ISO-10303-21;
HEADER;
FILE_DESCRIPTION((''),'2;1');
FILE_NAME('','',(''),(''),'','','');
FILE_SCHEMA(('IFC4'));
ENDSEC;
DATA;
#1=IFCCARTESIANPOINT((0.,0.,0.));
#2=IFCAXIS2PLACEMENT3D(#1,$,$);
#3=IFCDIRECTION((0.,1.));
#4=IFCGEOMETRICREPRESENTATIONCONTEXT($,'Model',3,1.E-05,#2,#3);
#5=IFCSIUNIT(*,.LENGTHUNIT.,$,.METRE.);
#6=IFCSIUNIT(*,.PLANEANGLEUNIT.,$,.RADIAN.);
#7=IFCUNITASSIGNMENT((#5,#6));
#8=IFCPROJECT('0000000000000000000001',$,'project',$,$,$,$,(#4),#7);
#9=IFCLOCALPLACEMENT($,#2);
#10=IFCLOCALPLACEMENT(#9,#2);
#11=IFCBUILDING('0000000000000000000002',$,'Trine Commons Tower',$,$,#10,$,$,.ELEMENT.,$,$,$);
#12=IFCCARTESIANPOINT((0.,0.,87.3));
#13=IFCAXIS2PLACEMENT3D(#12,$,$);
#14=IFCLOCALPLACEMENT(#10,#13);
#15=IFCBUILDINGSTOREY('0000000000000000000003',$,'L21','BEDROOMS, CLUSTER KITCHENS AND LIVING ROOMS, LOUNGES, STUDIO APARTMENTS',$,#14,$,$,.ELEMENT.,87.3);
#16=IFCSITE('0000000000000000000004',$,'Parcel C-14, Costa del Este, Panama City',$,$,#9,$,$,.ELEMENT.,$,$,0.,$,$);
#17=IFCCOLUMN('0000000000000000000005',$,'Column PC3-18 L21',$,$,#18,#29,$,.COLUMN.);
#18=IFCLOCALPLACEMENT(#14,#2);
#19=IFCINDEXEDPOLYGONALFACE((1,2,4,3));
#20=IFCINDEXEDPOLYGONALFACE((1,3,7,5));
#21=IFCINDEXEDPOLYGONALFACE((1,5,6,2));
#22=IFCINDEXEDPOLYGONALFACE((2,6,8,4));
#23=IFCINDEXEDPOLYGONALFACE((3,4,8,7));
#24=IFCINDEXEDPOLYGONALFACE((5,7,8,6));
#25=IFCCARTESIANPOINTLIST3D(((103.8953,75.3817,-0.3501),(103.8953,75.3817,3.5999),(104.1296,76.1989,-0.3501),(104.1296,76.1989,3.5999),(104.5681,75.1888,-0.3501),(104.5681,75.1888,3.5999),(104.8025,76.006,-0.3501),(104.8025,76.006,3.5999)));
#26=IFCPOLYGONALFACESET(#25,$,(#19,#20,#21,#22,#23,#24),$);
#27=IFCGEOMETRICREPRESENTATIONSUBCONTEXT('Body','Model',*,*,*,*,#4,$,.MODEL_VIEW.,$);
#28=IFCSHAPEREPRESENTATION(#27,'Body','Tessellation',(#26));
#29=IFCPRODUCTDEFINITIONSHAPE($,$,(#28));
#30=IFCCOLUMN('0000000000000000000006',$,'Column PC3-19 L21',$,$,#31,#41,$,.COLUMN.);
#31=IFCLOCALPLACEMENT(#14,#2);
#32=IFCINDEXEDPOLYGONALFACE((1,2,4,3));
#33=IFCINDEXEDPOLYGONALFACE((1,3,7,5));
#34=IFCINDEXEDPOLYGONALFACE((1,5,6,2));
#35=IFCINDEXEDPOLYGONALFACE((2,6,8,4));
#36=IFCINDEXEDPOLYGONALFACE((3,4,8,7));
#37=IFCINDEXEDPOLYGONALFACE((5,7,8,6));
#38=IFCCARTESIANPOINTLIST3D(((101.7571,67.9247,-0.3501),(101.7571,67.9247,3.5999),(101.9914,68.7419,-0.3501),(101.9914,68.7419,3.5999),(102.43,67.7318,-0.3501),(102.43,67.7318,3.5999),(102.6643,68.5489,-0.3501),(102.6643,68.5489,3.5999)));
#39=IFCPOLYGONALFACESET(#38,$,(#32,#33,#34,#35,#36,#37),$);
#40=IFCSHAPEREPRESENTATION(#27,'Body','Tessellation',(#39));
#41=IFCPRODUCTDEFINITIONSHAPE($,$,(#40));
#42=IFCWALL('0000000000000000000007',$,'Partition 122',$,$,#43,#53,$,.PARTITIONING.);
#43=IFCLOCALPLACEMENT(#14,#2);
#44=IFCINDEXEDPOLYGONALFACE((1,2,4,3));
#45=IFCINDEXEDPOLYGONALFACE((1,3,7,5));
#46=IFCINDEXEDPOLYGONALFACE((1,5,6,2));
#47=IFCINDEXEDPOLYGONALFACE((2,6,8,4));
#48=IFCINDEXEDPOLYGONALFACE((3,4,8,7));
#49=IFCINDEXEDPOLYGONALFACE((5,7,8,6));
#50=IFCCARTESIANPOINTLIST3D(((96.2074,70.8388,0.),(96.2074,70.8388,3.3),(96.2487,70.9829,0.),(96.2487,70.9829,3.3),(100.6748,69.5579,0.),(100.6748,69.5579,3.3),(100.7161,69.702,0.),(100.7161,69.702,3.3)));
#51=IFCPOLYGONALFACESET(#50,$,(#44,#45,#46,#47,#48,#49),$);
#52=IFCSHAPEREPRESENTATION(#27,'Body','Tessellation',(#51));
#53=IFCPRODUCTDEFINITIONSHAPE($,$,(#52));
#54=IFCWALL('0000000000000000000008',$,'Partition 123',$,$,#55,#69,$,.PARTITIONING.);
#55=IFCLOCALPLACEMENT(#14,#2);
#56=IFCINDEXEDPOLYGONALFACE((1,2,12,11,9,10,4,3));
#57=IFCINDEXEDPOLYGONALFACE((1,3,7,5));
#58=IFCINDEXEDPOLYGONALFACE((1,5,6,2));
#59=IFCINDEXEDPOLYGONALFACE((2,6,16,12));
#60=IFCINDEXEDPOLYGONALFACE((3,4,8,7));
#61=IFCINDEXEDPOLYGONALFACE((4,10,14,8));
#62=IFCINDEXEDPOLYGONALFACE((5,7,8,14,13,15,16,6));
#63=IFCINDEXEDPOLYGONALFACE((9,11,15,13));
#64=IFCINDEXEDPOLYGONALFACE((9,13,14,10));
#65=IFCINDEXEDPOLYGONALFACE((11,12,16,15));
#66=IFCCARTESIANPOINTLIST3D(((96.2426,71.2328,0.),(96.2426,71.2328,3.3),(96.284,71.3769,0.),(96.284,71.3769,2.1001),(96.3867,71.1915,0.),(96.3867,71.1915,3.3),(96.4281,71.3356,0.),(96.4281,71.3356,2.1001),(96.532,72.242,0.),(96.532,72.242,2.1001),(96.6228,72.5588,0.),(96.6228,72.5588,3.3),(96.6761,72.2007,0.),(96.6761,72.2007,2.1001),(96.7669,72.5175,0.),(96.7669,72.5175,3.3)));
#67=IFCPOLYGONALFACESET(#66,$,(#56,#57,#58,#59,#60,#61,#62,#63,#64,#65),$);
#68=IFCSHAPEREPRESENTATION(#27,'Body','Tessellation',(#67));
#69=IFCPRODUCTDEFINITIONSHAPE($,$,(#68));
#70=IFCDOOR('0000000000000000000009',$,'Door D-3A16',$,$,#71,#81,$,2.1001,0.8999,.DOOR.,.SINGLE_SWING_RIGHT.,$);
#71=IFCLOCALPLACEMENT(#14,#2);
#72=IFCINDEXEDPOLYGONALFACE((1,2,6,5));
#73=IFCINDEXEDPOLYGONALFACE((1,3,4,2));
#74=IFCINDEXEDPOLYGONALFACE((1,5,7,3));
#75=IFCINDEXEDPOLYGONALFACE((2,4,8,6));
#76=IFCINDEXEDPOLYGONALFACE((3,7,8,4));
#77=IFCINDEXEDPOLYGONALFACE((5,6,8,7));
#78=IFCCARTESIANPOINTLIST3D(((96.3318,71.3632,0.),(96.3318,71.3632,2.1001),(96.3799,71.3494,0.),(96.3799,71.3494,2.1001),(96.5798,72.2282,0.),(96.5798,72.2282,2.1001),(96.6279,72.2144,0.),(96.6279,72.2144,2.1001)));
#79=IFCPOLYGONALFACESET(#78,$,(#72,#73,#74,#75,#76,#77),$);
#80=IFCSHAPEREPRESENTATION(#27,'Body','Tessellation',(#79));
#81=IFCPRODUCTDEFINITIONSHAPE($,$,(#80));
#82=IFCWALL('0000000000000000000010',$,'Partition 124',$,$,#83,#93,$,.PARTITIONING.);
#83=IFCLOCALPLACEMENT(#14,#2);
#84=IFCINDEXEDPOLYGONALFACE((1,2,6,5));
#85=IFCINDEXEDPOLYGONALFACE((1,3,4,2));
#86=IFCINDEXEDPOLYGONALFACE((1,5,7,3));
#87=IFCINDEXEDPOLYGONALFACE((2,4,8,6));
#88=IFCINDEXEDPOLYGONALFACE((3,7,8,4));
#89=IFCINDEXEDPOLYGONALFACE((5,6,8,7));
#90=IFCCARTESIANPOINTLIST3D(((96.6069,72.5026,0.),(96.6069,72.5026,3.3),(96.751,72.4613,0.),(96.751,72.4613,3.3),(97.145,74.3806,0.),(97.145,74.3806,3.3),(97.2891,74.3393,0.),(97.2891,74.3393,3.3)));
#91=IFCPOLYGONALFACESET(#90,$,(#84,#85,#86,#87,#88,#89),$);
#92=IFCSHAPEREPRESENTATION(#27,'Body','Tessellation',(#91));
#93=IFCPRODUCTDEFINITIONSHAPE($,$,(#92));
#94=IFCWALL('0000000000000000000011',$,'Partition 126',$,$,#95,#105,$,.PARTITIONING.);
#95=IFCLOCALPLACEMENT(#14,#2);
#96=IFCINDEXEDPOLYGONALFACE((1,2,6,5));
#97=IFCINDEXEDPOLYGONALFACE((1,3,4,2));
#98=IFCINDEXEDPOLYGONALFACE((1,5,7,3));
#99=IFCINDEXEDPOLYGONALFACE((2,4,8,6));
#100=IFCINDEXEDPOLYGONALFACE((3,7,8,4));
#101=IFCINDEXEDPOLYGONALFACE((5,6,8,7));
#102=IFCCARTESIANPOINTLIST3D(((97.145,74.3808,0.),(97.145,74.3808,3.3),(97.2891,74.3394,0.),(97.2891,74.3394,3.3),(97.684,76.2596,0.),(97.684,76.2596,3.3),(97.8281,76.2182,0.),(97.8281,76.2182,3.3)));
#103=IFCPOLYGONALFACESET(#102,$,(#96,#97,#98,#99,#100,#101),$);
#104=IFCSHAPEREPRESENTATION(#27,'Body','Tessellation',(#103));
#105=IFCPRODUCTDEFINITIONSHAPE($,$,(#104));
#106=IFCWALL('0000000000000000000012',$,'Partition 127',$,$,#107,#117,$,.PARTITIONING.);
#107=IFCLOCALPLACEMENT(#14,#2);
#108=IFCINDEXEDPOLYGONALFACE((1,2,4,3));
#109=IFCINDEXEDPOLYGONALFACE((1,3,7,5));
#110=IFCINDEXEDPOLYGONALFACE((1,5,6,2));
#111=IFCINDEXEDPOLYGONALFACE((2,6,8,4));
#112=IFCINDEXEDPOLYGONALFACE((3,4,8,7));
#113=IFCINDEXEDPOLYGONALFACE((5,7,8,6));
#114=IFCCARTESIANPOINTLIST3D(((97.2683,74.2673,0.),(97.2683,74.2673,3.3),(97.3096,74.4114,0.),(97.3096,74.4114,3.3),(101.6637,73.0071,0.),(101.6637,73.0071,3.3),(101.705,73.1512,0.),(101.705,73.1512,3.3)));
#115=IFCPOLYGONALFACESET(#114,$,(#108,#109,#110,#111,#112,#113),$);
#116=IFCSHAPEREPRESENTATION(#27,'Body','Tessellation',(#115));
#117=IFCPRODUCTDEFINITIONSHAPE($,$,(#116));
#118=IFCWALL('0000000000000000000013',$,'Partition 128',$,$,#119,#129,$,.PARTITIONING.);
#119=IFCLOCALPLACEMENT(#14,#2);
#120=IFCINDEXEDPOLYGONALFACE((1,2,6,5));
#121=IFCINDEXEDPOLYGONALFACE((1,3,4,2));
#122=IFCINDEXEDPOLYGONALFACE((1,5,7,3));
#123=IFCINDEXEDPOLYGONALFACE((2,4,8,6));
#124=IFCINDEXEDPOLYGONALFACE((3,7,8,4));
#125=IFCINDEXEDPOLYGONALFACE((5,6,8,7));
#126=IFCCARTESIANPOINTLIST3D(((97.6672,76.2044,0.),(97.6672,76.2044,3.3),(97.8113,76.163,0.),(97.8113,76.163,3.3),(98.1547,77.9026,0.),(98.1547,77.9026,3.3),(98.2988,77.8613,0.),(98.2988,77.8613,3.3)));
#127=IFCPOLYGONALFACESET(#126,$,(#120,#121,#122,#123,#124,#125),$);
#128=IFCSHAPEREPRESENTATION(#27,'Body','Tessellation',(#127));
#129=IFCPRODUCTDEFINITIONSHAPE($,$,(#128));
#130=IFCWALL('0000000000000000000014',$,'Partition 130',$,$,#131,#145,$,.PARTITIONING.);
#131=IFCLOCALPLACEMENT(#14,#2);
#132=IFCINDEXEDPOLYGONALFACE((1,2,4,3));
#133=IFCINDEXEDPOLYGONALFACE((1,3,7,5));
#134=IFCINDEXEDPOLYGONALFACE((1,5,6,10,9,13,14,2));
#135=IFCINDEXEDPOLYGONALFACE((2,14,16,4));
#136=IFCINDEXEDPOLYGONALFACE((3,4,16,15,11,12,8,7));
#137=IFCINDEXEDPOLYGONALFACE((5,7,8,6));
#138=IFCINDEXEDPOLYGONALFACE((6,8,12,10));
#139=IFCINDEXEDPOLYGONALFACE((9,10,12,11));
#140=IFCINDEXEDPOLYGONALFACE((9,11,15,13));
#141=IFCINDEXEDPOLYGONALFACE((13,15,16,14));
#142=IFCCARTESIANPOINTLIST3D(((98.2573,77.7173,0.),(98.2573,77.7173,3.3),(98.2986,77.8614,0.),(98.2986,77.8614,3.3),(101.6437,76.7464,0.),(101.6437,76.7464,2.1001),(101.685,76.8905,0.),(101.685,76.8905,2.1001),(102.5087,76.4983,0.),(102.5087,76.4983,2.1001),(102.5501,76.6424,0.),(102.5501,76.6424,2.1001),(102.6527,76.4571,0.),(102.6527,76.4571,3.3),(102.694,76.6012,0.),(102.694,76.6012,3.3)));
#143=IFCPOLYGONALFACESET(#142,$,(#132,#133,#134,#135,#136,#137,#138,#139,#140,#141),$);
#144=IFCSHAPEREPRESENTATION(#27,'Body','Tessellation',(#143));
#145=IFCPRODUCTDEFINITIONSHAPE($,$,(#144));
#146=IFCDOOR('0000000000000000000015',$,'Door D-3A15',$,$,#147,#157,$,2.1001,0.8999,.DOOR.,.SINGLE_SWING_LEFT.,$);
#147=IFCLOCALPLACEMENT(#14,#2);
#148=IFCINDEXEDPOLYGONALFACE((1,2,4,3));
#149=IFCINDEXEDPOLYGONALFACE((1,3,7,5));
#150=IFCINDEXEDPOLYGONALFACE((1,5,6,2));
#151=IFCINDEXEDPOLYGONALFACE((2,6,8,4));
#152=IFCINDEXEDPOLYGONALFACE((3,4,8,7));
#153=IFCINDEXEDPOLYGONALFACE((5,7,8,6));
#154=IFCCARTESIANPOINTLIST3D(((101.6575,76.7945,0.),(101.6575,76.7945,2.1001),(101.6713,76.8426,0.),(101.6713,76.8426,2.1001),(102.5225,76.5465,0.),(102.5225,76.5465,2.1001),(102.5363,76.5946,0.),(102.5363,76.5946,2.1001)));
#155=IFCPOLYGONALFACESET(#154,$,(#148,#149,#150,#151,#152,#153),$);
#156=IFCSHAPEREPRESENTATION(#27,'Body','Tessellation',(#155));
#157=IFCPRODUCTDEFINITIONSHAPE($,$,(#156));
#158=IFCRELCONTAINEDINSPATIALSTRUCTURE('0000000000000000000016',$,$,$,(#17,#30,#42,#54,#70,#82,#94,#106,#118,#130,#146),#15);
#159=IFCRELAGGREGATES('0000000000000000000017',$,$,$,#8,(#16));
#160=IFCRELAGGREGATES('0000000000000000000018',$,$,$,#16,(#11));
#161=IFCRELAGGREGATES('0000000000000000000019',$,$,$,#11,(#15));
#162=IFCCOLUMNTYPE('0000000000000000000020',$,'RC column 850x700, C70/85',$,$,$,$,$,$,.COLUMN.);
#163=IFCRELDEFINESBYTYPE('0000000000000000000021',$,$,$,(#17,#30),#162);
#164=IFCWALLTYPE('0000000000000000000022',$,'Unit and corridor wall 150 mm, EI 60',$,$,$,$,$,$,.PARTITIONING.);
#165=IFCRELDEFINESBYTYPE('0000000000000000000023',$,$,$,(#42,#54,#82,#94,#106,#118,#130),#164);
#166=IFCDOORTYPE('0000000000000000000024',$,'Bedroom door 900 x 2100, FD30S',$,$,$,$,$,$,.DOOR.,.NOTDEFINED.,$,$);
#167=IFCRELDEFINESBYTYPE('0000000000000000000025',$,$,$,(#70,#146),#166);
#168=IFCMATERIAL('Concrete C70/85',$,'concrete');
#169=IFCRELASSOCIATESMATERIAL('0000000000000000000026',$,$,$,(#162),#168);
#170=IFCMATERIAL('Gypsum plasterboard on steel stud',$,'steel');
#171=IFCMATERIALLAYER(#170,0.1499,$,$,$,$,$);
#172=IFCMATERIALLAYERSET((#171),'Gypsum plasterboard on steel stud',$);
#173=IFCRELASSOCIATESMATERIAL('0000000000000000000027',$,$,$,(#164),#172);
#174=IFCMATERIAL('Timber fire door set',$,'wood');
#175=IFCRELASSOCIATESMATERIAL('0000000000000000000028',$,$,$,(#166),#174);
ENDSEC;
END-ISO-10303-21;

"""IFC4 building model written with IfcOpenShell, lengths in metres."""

from ifc_helpers import new_model, si_unit, direction, frame, frame_2d, origin, origin_2d, place, context, subcontext, project, spatial, rectangle, extrude, material, layer, layer_set, material_profile, profile_set, type_object, element, fill, save


model = new_model("IFC4")

# Units and contexts
model_context = context("Model", 3, precision=1e-05, world=origin(), true_north=direction((0.0, 1.0)))
body_context = subcontext(model_context, "Body", "Model", "MODEL_VIEW")
ifc_project = project(units=[si_unit("LENGTHUNIT", "METRE"), si_unit("PLANEANGLEUNIT", "RADIAN")], contexts=[model_context])

# Site, building, storey
site_placement = place(None, origin())
site = spatial("IfcSite", under=ifc_project, at=site_placement, Name="Parcel C-14, Costa del Este, Panama City", CompositionType="ELEMENT", RefElevation=0.0)
building_placement = place(site_placement, origin())
building = spatial("IfcBuilding", under=site, at=building_placement, Name="Trine Commons Tower", CompositionType="ELEMENT")
storey_placement = place(building_placement, frame((0.0, 0.0, 87.3)))
storey = spatial("IfcBuildingStorey", under=building, at=storey_placement, Name="L21", Description="BEDROOMS, CLUSTER KITCHENS AND LIVING ROOMS, LOUNGES, STUDIO APARTMENTS", CompositionType="ELEMENT", Elevation=87.3)

# Columns
ifc_material_1 = material(Name="Concrete C70/85", Category="concrete")
ifc_material_profile = material_profile(ifc_material_1, rectangle(XDim=0.8501, YDim=0.7, at=origin_2d()), Name="RC 850x700")
ifc_profile_set = profile_set([ifc_material_profile], Name="Concrete C70/85")
column_type = type_object("IfcColumnType", Name="RC column 850x700, C70/85", PredefinedType="COLUMN", material=ifc_profile_set)
for number, where, z_axis, x_axis, name in (
    (1, (104.3489, 75.6938, -0.3501), (0.0, 0.0, 1.0), (0.275637, 0.961262, 0.0), "Column PC3-18 L21"),
    (2, (102.2107, 68.2368, -0.3501), (0.0, 0.0, 1.0), (0.275637, 0.961262, 0.0), "Column PC3-19 L21"),
):
    element("IfcColumn", number, at=place(storey_placement, frame(where, z_axis=z_axis, x_axis=x_axis)), inside=storey, type_object=column_type, Name=name, PredefinedType="COLUMN", context=body_context, shape_type="SweptSolid", body=[
        extrude(rectangle(XDim=0.8501, YDim=0.7, at=origin_2d()), origin(), (0.0, 0.0, 1.0), 3.95),
    ])

# Wall
ifc_material_2 = material(Name="Gypsum plasterboard on steel stud", Category="steel")
ifc_layer_1 = layer(ifc_material_2, 0.1499)
ifc_layer_set_1 = layer_set([ifc_layer_1], Name="Gypsum plasterboard on steel stud")
wall_type_1 = type_object("IfcWallType", Name="Unit and corridor wall 150 mm, EI 60", PredefinedType="PARTITIONING", material=ifc_layer_set_1)
wall_1_placement = place(storey_placement, frame((96.228, 70.9109, 0.0), z_axis=(0.0, 0.0, 1.0), x_axis=(0.961264, -0.27563, 0.0)))
element("IfcWall", 3, at=wall_1_placement, inside=storey, type_object=wall_type_1, Name="Partition 122", PredefinedType="PARTITIONING", context=body_context, shape_type="SweptSolid", body=[
    extrude(rectangle(XDim=4.6475, YDim=0.1499, at=frame_2d((2.3237, 0.0))), origin(), (0.0, 0.0, 1.0), 3.3),
])

# Wall, opening, door
wall_2_placement = place(storey_placement, frame((96.3147, 71.2122, 0.0), z_axis=(0.0, 0.0, 1.0), x_axis=(0.275586, 0.961276, 0.0)))
wall_2 = element("IfcWall", 4, at=wall_2_placement, inside=storey, type_object=wall_type_1, Name="Partition 123", PredefinedType="PARTITIONING", context=body_context, shape_type="SweptSolid", body=[
    extrude(rectangle(XDim=1.3794, YDim=0.1499, at=frame_2d((0.6897, 0.0))), origin(), (0.0, 0.0, 1.0), 3.3),
])
opening_1_placement = place(wall_2_placement, frame((0.1499, 0.0, 0.0)))
opening_1 = element("IfcOpeningElement", 5, at=opening_1_placement, cuts=wall_2, PredefinedType="OPENING", context=body_context, shape_type="SweptSolid", body=[
    extrude(rectangle(XDim=0.8999, YDim=2.1001, at=frame_2d((0.45, 1.05))), frame((0.0, 0.085, 0.0), z_axis=(0.0, -1.0, 0.0), x_axis=(1.0, 0.0, 0.0)), (0.0, 0.0, 1.0), 0.1699),
])
ifc_material_3 = material(Name="Timber fire door set", Category="wood")
door_type_1 = type_object("IfcDoorType", Name="Bedroom door 900 x 2100, FD30S", OperationType="NOTDEFINED", PredefinedType="DOOR", material=ifc_material_3)
door_1_placement = place(opening_1_placement, frame((0.8999, 0.0, 0.0), z_axis=(0.0, 0.0, 1.0), x_axis=(-1.0, 0.0, 0.0)))
door_1 = element("IfcDoor", 6, at=door_1_placement, inside=storey, type_object=door_type_1, Name="Door D-3A16", OperationType="SINGLE_SWING_RIGHT", OverallHeight=2.1001, OverallWidth=0.8999, PredefinedType="DOOR", context=body_context, shape_type="SweptSolid", body=[
    extrude(rectangle(XDim=0.8999, YDim=2.1001, at=frame_2d((0.45, 1.05))), frame((0.0, 0.0249, 0.0), z_axis=(0.0, -1.0, 0.0), x_axis=(1.0, 0.0, 0.0)), (0.0, 0.0, 1.0), 0.05),
])
fill(opening_1, door_1)

# Walls
wall_3_placement = place(storey_placement, frame((96.679, 72.4819, 0.0), z_axis=(0.0, 0.0, 1.0), x_axis=(0.275414, 0.961326, 0.0)))
element("IfcWall", 7, at=wall_3_placement, inside=storey, type_object=wall_type_1, Name="Partition 124", PredefinedType="PARTITIONING", context=body_context, shape_type="SweptSolid", body=[
    extrude(rectangle(XDim=1.9536, YDim=0.1499, at=frame_2d((0.9768, 0.0))), origin(), (0.0, 0.0, 1.0), 3.3),
])
wall_4_placement = place(storey_placement, frame((97.217, 74.3601, 0.0), z_axis=(0.0, 0.0, 1.0), x_axis=(0.275777, 0.961222, 0.0)))
element("IfcWall", 8, at=wall_4_placement, inside=storey, type_object=wall_type_1, Name="Partition 126", PredefinedType="PARTITIONING", context=body_context, shape_type="SweptSolid", body=[
    extrude(rectangle(XDim=1.9546, YDim=0.1499, at=frame_2d((0.9773, 0.0))), origin(), (0.0, 0.0, 1.0), 3.3),
])
wall_5_placement = place(storey_placement, frame((97.2891, 74.3394, 0.0), z_axis=(0.0, 0.0, 1.0), x_axis=(0.96127, -0.27561, 0.0)))
element("IfcWall", 9, at=wall_5_placement, inside=storey, type_object=wall_type_1, Name="Partition 127", PredefinedType="PARTITIONING", context=body_context, shape_type="SweptSolid", body=[
    extrude(rectangle(XDim=4.5725, YDim=0.1499, at=frame_2d((2.2861, 0.0))), origin(), (0.0, 0.0, 1.0), 3.3),
])
wall_6_placement = place(storey_placement, frame((97.7393, 76.1838, 0.0), z_axis=(0.0, 0.0, 1.0), x_axis=(0.275944, 0.961174, 0.0)))
element("IfcWall", 10, at=wall_6_placement, inside=storey, type_object=wall_type_1, Name="Partition 128", PredefinedType="PARTITIONING", context=body_context, shape_type="SweptSolid", body=[
    extrude(rectangle(XDim=1.7668, YDim=0.1499, at=frame_2d((0.8833, 0.0))), origin(), (0.0, 0.0, 1.0), 3.3),
])

# Wall, opening, door
wall_7_placement = place(storey_placement, frame((98.2781, 77.7893, 0.0), z_axis=(0.0, 0.0, 1.0), x_axis=(0.96127, -0.27561, 0.0)))
wall_7 = element("IfcWall", 11, at=wall_7_placement, inside=storey, type_object=wall_type_1, Name="Partition 130", PredefinedType="PARTITIONING", context=body_context, shape_type="SweptSolid", body=[
    extrude(rectangle(XDim=4.5725, YDim=0.1499, at=frame_2d((2.2861, 0.0))), origin(), (0.0, 0.0, 1.0), 3.3),
])
opening_2_placement = place(wall_7_placement, frame((3.5227, 0.0, 0.0)))
opening_2 = element("IfcOpeningElement", 12, at=opening_2_placement, cuts=wall_7, PredefinedType="OPENING", context=body_context, shape_type="SweptSolid", body=[
    extrude(rectangle(XDim=0.8999, YDim=2.1001, at=frame_2d((0.45, 1.05))), frame((0.0, 0.085, 0.0), z_axis=(0.0, -1.0, 0.0), x_axis=(1.0, 0.0, 0.0)), (0.0, 0.0, 1.0), 0.1699),
])
door_2_placement = place(opening_2_placement, frame((0.8999, 0.0, 0.0), z_axis=(0.0, 0.0, 1.0), x_axis=(-1.0, 0.0, 0.0)))
door_2 = element("IfcDoor", 13, at=door_2_placement, inside=storey, type_object=door_type_1, Name="Door D-3A15", OperationType="SINGLE_SWING_LEFT", OverallHeight=2.1001, OverallWidth=0.8999, PredefinedType="DOOR", context=body_context, shape_type="SweptSolid", body=[
    extrude(rectangle(XDim=0.8999, YDim=2.1001, at=frame_2d((0.45, 1.05))), frame((0.0, 0.0249, 0.0), z_axis=(0.0, -1.0, 0.0), x_axis=(1.0, 0.0, 0.0)), (0.0, 0.0, 1.0), 0.05),
])
fill(opening_2, door_2)

save(model, "model.ifc")
